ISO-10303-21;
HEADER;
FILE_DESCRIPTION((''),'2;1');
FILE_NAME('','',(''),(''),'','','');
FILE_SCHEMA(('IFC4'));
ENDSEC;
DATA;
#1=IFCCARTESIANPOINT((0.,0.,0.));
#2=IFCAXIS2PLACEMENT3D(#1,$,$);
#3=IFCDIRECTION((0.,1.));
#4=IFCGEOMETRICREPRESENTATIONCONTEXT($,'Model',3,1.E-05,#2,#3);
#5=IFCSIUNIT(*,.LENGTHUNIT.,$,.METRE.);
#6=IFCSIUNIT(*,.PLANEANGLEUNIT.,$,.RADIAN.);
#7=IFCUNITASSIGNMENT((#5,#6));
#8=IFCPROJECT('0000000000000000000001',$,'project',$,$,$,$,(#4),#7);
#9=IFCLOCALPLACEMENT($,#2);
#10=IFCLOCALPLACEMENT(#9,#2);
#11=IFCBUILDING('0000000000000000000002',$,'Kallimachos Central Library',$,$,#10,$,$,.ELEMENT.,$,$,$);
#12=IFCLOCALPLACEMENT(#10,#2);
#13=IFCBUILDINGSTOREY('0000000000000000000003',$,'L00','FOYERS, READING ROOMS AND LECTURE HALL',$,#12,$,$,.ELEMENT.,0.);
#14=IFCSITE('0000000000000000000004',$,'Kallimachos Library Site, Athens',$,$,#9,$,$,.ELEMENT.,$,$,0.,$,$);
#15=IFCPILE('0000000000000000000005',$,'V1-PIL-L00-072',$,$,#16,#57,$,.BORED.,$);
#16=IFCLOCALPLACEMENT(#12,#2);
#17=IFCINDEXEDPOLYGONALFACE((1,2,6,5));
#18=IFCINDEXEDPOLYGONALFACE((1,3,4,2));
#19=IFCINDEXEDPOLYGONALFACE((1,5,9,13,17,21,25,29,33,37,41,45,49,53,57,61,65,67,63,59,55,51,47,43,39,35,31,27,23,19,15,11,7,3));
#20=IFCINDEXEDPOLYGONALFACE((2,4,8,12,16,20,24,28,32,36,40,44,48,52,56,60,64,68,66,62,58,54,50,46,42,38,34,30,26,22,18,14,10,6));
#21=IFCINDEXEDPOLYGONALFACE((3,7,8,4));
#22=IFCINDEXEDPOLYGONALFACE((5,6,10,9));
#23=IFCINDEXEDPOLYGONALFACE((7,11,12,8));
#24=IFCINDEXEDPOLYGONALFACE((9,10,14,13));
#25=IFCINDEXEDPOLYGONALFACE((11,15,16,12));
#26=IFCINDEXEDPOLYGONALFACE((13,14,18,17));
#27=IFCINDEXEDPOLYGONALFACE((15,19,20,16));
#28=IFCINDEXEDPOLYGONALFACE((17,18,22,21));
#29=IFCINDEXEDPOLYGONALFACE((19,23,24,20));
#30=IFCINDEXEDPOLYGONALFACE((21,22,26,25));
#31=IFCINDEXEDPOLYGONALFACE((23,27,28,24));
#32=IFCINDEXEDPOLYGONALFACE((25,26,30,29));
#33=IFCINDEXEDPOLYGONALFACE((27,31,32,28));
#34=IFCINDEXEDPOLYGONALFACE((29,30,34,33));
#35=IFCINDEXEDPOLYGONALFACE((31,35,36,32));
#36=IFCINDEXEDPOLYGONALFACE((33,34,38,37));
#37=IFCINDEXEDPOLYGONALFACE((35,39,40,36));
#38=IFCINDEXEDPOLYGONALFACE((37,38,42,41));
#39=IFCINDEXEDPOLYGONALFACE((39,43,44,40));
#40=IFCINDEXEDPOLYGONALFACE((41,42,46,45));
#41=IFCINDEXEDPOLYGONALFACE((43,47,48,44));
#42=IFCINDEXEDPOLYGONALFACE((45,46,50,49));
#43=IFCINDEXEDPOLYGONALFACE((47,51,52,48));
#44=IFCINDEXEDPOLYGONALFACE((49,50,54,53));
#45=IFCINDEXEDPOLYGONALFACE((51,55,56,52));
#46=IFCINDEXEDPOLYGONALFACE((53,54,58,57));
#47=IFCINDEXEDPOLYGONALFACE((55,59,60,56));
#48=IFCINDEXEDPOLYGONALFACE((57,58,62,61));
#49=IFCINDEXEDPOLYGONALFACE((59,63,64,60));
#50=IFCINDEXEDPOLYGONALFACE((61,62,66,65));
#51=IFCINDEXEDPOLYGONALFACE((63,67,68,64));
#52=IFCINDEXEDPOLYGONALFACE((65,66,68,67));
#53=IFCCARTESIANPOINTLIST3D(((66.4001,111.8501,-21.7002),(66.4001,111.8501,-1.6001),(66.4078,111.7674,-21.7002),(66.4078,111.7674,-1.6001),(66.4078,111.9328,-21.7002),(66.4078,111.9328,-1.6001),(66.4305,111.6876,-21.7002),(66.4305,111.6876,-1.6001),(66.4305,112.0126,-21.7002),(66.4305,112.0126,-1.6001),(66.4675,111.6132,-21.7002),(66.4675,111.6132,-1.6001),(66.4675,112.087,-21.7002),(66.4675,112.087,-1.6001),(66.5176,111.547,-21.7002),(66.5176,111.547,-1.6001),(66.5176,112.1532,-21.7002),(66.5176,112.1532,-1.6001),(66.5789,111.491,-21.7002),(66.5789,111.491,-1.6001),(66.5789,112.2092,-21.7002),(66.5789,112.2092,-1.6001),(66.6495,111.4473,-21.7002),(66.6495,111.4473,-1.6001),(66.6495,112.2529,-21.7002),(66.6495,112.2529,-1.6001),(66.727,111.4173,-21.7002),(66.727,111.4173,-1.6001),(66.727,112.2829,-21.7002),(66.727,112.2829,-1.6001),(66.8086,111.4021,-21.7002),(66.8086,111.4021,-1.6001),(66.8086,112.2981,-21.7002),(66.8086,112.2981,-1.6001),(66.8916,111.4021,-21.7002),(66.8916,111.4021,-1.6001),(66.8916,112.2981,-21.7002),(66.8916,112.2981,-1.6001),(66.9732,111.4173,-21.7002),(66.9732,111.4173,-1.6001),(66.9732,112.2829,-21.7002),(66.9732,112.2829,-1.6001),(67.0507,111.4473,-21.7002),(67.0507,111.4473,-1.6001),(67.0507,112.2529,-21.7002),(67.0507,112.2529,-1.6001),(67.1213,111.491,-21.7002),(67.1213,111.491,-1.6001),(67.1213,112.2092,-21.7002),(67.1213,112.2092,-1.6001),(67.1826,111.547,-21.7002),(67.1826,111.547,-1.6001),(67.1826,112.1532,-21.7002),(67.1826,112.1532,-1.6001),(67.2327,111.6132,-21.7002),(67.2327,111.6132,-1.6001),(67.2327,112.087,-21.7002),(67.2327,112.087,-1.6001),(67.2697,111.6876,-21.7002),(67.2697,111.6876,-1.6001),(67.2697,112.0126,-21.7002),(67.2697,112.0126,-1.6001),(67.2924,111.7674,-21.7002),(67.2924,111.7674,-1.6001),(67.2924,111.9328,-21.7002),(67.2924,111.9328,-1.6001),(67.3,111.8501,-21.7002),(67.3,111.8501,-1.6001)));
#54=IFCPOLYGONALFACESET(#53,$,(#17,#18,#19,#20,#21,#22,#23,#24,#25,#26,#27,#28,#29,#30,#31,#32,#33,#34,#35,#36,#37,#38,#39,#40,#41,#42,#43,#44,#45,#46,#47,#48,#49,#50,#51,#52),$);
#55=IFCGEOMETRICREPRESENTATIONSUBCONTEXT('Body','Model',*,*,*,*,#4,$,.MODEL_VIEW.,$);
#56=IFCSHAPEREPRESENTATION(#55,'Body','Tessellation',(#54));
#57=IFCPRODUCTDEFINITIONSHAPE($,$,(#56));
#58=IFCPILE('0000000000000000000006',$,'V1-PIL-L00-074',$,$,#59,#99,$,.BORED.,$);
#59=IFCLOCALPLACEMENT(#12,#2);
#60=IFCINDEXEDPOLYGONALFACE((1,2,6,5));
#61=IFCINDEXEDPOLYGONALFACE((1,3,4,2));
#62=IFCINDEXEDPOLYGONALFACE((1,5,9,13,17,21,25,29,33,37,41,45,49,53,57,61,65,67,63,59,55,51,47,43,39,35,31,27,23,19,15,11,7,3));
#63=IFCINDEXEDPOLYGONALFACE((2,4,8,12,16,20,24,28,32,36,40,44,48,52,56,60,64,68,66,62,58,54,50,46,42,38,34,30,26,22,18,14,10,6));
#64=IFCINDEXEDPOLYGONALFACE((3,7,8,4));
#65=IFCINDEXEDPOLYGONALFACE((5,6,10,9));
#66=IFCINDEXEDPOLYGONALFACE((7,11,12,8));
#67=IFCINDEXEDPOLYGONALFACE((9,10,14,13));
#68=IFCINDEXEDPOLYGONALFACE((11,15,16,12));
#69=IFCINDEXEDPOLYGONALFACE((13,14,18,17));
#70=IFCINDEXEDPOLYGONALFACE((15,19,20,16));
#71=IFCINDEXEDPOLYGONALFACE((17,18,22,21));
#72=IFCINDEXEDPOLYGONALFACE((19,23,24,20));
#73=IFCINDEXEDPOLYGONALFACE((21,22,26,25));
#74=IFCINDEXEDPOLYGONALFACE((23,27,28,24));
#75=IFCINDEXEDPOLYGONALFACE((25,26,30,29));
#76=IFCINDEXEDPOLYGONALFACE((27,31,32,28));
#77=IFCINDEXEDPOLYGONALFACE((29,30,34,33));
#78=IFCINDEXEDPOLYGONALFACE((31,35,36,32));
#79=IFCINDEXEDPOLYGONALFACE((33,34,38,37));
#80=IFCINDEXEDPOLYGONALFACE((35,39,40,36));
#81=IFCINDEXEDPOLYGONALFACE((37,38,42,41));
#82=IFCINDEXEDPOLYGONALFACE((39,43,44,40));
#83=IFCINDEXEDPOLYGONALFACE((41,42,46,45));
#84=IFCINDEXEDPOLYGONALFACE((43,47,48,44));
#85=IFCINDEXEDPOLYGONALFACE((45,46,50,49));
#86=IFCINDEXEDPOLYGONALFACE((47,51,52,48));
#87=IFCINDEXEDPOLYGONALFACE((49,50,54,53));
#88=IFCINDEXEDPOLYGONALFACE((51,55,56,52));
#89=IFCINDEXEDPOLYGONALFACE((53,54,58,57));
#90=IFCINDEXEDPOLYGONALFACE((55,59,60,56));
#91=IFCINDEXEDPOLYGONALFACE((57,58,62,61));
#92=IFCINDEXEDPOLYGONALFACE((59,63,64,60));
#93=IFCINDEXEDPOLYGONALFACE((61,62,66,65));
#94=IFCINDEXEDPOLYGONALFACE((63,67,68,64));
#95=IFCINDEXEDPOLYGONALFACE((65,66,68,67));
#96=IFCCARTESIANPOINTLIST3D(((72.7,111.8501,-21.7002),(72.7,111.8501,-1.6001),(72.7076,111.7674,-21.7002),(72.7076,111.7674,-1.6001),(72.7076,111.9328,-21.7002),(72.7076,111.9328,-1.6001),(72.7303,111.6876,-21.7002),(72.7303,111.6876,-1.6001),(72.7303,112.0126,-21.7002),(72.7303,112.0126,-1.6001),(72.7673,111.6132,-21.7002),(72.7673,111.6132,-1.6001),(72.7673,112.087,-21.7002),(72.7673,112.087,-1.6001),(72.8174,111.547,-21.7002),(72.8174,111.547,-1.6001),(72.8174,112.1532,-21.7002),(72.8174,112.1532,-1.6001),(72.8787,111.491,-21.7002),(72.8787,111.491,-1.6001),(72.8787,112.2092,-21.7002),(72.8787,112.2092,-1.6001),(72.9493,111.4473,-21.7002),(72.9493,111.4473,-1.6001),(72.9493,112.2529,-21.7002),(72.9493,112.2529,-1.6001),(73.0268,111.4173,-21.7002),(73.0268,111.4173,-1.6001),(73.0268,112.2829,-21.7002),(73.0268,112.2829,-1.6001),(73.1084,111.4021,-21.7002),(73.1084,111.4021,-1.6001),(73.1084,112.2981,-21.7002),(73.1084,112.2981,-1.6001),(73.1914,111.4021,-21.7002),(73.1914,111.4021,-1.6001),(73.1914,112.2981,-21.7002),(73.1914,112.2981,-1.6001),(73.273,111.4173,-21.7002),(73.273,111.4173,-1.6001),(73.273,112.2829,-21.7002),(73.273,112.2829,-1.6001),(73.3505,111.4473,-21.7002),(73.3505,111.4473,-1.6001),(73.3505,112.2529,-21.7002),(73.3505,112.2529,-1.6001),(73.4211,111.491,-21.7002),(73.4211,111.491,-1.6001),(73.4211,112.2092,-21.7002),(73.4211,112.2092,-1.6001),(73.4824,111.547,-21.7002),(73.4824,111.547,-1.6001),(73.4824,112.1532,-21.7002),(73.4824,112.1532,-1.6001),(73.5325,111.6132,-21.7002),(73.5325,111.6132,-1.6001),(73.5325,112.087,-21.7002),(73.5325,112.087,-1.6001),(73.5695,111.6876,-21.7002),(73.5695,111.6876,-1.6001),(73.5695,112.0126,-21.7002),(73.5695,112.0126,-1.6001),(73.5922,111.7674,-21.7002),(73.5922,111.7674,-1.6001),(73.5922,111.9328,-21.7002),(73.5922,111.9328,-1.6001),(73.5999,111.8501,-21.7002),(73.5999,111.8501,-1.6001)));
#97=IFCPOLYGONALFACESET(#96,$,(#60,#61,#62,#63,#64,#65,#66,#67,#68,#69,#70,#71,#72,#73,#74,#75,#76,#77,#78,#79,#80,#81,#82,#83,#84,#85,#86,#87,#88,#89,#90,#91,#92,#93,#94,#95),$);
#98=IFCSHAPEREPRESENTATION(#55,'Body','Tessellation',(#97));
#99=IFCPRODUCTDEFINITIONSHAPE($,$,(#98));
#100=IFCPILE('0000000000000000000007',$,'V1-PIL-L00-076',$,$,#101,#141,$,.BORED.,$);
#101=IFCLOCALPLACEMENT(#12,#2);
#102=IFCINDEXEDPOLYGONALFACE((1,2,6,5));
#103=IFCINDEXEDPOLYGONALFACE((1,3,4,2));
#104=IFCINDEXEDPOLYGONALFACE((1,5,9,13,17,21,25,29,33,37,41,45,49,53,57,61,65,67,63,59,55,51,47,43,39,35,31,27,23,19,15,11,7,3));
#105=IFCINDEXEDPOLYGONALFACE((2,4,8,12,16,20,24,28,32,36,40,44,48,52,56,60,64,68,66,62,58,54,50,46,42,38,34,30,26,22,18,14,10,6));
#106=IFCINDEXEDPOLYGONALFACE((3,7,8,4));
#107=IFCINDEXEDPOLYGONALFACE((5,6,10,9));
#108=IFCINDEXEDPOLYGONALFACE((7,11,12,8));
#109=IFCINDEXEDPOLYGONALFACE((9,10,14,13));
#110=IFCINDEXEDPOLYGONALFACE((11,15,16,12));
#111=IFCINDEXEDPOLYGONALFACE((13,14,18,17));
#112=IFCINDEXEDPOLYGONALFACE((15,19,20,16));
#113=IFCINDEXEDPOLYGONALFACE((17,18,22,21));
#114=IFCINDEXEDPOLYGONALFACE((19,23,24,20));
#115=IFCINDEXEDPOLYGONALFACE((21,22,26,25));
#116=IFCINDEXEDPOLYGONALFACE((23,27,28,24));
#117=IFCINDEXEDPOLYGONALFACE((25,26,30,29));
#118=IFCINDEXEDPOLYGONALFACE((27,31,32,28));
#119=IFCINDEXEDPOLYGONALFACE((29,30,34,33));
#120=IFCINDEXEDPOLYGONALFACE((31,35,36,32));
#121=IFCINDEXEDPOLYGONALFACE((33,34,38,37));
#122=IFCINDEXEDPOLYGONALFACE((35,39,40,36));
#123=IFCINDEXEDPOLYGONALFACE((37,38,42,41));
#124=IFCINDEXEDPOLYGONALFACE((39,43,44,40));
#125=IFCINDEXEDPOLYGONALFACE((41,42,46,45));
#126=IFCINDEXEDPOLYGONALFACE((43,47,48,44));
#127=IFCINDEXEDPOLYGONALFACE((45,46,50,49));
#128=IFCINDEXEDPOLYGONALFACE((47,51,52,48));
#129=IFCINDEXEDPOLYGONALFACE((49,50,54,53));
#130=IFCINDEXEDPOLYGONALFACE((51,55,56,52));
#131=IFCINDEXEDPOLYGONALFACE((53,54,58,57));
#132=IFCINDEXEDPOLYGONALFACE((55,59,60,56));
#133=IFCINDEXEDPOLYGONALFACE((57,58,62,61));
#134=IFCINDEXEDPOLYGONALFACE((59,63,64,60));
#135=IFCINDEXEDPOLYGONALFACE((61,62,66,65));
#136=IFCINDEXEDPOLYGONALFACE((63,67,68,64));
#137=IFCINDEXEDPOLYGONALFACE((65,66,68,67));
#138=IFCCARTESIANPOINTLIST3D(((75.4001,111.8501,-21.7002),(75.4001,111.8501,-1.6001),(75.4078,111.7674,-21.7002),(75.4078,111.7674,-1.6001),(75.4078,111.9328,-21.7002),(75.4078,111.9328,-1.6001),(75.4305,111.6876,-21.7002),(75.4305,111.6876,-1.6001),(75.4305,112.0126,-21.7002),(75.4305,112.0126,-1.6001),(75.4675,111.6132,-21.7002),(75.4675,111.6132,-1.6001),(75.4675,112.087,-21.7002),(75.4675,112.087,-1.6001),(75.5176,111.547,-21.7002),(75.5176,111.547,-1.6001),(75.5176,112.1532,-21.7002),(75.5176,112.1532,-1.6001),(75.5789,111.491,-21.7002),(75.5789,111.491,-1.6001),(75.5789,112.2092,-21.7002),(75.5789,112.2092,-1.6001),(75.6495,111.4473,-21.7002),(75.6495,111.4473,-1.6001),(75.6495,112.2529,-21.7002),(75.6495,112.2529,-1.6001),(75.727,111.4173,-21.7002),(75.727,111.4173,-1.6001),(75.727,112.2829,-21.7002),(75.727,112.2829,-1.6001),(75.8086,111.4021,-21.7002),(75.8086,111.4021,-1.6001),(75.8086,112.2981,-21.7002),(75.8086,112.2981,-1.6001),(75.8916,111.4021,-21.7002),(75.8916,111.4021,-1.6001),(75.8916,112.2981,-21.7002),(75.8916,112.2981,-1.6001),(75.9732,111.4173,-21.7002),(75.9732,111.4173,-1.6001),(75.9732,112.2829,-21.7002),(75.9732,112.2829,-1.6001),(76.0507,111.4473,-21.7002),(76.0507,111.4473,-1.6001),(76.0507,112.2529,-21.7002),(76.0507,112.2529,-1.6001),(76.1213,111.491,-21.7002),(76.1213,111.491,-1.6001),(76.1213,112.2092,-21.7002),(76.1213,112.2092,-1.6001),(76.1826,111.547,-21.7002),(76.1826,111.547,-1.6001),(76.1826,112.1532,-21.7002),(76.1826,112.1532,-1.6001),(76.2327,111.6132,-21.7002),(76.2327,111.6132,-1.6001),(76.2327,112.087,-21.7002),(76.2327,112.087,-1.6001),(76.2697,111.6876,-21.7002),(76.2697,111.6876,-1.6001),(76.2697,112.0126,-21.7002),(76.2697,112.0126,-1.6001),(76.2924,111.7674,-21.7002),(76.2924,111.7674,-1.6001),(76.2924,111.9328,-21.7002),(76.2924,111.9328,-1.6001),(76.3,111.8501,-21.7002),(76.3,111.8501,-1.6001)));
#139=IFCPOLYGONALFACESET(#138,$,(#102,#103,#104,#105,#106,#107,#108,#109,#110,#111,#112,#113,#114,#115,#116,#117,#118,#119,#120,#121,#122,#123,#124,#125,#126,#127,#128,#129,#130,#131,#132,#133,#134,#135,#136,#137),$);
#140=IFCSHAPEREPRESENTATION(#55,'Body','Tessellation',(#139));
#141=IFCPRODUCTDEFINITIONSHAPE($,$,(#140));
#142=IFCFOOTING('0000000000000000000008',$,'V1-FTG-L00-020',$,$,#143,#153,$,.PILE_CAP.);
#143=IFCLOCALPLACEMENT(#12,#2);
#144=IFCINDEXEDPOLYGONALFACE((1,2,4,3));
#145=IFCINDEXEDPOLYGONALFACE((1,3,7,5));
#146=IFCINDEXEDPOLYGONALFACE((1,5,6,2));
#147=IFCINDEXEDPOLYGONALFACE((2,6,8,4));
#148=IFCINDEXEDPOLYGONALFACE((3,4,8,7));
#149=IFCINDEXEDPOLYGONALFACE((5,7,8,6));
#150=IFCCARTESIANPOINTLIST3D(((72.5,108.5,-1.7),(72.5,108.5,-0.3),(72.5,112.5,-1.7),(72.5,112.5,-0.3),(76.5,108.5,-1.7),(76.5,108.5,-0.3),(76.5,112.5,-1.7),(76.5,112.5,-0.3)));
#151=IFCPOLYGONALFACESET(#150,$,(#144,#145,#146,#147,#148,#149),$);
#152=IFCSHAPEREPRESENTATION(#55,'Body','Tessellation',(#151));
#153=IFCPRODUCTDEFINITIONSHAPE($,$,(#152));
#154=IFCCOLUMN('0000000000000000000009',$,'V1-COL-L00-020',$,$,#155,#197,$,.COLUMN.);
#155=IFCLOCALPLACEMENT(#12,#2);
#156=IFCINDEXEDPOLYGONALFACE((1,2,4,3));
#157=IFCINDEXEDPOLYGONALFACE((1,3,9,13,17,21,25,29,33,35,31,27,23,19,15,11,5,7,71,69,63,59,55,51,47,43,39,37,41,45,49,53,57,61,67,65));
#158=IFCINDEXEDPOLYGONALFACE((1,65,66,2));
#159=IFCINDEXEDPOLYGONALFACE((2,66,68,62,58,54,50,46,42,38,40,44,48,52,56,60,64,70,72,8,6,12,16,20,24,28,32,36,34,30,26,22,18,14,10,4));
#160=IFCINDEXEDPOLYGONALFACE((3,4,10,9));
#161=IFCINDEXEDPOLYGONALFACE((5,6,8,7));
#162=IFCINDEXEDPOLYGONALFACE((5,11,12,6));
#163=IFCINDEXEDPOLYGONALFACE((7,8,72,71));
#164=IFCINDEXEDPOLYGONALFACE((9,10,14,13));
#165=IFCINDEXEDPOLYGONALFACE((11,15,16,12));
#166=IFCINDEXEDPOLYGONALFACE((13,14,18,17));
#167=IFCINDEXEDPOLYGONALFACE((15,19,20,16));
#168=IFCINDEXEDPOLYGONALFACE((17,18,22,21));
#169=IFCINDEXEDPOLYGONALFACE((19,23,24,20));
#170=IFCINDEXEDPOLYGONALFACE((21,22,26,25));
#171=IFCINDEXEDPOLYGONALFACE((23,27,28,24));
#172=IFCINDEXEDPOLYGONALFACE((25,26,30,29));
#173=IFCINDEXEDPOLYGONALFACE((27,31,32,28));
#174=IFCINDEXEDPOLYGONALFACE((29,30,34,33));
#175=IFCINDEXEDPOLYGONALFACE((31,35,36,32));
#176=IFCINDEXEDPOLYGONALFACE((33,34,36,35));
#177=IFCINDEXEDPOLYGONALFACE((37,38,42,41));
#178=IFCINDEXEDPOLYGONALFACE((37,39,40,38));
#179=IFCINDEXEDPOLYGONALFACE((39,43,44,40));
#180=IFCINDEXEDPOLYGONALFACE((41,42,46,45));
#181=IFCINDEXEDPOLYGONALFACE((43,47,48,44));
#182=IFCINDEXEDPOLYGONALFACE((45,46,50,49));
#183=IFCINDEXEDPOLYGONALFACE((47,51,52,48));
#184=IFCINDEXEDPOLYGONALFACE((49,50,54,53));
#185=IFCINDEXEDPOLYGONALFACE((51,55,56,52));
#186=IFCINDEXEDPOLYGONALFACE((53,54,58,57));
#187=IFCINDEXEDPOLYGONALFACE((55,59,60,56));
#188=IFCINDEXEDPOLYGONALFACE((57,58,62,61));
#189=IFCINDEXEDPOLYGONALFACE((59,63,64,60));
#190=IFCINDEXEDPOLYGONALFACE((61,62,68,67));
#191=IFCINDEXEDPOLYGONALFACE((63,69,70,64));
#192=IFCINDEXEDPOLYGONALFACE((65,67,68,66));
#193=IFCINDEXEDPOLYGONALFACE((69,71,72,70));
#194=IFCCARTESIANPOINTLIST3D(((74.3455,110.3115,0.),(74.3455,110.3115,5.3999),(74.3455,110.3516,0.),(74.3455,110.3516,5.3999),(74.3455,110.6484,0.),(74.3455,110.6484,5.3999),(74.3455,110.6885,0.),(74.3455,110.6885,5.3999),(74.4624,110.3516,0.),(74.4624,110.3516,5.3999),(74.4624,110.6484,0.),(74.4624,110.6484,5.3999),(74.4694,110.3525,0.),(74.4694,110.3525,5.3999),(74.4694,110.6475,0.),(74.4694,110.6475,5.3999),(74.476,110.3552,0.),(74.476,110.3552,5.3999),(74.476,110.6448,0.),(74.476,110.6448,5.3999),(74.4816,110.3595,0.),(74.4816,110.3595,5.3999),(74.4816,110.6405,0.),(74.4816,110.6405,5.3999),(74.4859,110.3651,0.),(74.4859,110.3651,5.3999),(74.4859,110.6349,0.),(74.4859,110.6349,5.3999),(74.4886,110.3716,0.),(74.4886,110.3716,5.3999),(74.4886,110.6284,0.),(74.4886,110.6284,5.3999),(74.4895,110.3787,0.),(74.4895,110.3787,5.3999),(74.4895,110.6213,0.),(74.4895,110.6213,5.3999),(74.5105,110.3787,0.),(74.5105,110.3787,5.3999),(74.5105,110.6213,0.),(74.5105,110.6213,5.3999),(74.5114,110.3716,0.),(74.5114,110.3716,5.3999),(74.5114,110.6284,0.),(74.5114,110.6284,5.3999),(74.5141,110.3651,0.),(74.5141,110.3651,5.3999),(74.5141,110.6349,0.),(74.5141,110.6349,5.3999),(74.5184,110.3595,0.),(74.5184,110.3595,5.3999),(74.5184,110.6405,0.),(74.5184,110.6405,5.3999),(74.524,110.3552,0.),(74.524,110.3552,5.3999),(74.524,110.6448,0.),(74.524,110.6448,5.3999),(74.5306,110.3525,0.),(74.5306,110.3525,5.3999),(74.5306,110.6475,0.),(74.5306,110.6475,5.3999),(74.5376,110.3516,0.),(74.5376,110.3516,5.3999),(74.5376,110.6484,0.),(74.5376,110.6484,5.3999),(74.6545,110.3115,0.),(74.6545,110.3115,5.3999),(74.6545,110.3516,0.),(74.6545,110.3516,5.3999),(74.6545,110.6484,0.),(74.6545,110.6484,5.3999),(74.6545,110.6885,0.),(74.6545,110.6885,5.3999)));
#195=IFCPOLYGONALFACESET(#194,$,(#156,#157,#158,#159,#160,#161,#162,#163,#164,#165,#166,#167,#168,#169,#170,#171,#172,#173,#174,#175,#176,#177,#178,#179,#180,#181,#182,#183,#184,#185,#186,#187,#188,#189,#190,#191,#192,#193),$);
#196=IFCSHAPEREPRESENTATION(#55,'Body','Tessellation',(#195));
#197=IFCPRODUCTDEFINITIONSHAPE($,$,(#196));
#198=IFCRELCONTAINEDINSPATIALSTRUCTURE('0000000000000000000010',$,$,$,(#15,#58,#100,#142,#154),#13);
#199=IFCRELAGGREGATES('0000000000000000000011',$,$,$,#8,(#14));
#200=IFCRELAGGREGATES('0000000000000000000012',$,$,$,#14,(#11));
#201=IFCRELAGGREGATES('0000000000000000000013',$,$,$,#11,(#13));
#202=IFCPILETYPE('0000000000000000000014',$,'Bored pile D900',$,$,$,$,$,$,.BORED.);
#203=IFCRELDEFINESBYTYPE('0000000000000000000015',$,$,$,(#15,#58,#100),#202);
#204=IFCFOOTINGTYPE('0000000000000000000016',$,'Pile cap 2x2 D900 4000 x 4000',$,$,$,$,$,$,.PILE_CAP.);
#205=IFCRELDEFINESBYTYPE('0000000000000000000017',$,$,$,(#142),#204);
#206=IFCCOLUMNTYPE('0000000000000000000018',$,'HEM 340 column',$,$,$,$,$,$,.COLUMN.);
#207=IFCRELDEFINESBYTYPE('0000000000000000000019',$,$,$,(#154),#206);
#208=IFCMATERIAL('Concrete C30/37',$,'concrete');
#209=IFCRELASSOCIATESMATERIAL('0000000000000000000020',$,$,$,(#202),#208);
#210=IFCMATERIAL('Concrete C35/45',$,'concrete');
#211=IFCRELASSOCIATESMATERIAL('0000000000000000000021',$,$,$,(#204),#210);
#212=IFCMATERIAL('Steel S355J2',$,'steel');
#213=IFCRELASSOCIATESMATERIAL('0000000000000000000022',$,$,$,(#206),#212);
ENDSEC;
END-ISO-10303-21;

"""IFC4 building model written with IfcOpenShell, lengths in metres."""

from ifc_helpers import new_model, si_unit, direction, frame, origin, origin_2d, place, context, subcontext, project, spatial, rectangle, circle, i_section, extrude, material, material_profile, profile_set, type_object, element, save


model = new_model("IFC4")

# Units and contexts
model_context = context("Model", 3, precision=1e-05, world=origin(), true_north=direction((0.0, 1.0)))
body_context = subcontext(model_context, "Body", "Model", "MODEL_VIEW")
ifc_project = project(units=[si_unit("LENGTHUNIT", "METRE"), si_unit("PLANEANGLEUNIT", "RADIAN")], contexts=[model_context])

# Site, building, storey
site_placement = place(None, origin())
site = spatial("IfcSite", under=ifc_project, at=site_placement, Name="Kallimachos Library Site, Athens", CompositionType="ELEMENT", RefElevation=0.0)
building_placement = place(site_placement, origin())
building = spatial("IfcBuilding", under=site, at=building_placement, Name="Kallimachos Central Library", CompositionType="ELEMENT")
storey_placement = place(building_placement, origin())
storey = spatial("IfcBuildingStorey", under=building, at=storey_placement, Name="L00", Description="FOYERS, READING ROOMS AND LECTURE HALL", CompositionType="ELEMENT", Elevation=0.0)

# Piles
ifc_material_1 = material(Name="Concrete C30/37", Category="concrete")
pile_type = type_object("IfcPileType", Name="Bored pile D900", PredefinedType="BORED", material=ifc_material_1)
for number, where, z_axis, x_axis, name in (
    (1, (66.8501, 111.8501, -1.6001), (0.0, 0.0, -1.0), (1.0, 0.0, 0.0), "V1-PIL-L00-072"),
    (2, (73.1499, 111.8501, -1.6001), (0.0, 0.0, -1.0), (1.0, 0.0, 0.0), "V1-PIL-L00-074"),
    (3, (75.8501, 111.8501, -1.6001), (0.0, 0.0, -1.0), (1.0, 0.0, 0.0), "V1-PIL-L00-076"),
):
    element("IfcPile", number, at=place(storey_placement, frame(where, z_axis=z_axis, x_axis=x_axis)), inside=storey, type_object=pile_type, Name=name, PredefinedType="BORED", context=body_context, shape_type="SweptSolid", body=[
        extrude(circle(Radius=0.45, at=origin_2d()), origin(), (0.0, 0.0, 1.0), 20.1001),
    ])

# Footing
ifc_material_2 = material(Name="Concrete C35/45", Category="concrete")
footing_type = type_object("IfcFootingType", Name="Pile cap 2x2 D900 4000 x 4000", PredefinedType="PILE_CAP", material=ifc_material_2)
footing_placement = place(storey_placement, frame((74.5, 110.5, -1.7), z_axis=(0.0, 0.0, 1.0), x_axis=(1.0, 0.0, 0.0)))
element("IfcFooting", 4, at=footing_placement, inside=storey, type_object=footing_type, Name="V1-FTG-L00-020", PredefinedType="PILE_CAP", context=body_context, shape_type="SweptSolid", body=[
    extrude(rectangle(XDim=4.0, YDim=4.0, at=origin_2d()), origin(), (0.0, 0.0, 1.0), 1.3999),
])

# Column
ifc_material_3 = material(Name="Steel S355J2", Category="steel")
ifc_material_profile_1 = material_profile(ifc_material_3, i_section(OverallWidth=0.3091, OverallDepth=0.377, WebThickness=0.021, FlangeThickness=0.04, FilletRadius=0.0271, at=origin_2d()), Name="HEM 340")
ifc_profile_set_1 = profile_set([ifc_material_profile_1], Name="Steel S355J2")
column_type = type_object("IfcColumnType", Name="HEM 340 column", PredefinedType="COLUMN", material=ifc_profile_set_1)
column_placement = place(storey_placement, frame((74.5, 110.5, 0.0), z_axis=(0.0, 0.0, 1.0), x_axis=(1.0, 0.0, 0.0)))
element("IfcColumn", 5, at=column_placement, inside=storey, type_object=column_type, Name="V1-COL-L00-020", PredefinedType="COLUMN", context=body_context, shape_type="SweptSolid", body=[
    extrude(i_section(OverallWidth=0.3091, OverallDepth=0.377, WebThickness=0.021, FlangeThickness=0.04, FilletRadius=0.0271, at=origin_2d()), origin(), (0.0, 0.0, 1.0), 5.3999),
])

save(model, "model.ifc")
